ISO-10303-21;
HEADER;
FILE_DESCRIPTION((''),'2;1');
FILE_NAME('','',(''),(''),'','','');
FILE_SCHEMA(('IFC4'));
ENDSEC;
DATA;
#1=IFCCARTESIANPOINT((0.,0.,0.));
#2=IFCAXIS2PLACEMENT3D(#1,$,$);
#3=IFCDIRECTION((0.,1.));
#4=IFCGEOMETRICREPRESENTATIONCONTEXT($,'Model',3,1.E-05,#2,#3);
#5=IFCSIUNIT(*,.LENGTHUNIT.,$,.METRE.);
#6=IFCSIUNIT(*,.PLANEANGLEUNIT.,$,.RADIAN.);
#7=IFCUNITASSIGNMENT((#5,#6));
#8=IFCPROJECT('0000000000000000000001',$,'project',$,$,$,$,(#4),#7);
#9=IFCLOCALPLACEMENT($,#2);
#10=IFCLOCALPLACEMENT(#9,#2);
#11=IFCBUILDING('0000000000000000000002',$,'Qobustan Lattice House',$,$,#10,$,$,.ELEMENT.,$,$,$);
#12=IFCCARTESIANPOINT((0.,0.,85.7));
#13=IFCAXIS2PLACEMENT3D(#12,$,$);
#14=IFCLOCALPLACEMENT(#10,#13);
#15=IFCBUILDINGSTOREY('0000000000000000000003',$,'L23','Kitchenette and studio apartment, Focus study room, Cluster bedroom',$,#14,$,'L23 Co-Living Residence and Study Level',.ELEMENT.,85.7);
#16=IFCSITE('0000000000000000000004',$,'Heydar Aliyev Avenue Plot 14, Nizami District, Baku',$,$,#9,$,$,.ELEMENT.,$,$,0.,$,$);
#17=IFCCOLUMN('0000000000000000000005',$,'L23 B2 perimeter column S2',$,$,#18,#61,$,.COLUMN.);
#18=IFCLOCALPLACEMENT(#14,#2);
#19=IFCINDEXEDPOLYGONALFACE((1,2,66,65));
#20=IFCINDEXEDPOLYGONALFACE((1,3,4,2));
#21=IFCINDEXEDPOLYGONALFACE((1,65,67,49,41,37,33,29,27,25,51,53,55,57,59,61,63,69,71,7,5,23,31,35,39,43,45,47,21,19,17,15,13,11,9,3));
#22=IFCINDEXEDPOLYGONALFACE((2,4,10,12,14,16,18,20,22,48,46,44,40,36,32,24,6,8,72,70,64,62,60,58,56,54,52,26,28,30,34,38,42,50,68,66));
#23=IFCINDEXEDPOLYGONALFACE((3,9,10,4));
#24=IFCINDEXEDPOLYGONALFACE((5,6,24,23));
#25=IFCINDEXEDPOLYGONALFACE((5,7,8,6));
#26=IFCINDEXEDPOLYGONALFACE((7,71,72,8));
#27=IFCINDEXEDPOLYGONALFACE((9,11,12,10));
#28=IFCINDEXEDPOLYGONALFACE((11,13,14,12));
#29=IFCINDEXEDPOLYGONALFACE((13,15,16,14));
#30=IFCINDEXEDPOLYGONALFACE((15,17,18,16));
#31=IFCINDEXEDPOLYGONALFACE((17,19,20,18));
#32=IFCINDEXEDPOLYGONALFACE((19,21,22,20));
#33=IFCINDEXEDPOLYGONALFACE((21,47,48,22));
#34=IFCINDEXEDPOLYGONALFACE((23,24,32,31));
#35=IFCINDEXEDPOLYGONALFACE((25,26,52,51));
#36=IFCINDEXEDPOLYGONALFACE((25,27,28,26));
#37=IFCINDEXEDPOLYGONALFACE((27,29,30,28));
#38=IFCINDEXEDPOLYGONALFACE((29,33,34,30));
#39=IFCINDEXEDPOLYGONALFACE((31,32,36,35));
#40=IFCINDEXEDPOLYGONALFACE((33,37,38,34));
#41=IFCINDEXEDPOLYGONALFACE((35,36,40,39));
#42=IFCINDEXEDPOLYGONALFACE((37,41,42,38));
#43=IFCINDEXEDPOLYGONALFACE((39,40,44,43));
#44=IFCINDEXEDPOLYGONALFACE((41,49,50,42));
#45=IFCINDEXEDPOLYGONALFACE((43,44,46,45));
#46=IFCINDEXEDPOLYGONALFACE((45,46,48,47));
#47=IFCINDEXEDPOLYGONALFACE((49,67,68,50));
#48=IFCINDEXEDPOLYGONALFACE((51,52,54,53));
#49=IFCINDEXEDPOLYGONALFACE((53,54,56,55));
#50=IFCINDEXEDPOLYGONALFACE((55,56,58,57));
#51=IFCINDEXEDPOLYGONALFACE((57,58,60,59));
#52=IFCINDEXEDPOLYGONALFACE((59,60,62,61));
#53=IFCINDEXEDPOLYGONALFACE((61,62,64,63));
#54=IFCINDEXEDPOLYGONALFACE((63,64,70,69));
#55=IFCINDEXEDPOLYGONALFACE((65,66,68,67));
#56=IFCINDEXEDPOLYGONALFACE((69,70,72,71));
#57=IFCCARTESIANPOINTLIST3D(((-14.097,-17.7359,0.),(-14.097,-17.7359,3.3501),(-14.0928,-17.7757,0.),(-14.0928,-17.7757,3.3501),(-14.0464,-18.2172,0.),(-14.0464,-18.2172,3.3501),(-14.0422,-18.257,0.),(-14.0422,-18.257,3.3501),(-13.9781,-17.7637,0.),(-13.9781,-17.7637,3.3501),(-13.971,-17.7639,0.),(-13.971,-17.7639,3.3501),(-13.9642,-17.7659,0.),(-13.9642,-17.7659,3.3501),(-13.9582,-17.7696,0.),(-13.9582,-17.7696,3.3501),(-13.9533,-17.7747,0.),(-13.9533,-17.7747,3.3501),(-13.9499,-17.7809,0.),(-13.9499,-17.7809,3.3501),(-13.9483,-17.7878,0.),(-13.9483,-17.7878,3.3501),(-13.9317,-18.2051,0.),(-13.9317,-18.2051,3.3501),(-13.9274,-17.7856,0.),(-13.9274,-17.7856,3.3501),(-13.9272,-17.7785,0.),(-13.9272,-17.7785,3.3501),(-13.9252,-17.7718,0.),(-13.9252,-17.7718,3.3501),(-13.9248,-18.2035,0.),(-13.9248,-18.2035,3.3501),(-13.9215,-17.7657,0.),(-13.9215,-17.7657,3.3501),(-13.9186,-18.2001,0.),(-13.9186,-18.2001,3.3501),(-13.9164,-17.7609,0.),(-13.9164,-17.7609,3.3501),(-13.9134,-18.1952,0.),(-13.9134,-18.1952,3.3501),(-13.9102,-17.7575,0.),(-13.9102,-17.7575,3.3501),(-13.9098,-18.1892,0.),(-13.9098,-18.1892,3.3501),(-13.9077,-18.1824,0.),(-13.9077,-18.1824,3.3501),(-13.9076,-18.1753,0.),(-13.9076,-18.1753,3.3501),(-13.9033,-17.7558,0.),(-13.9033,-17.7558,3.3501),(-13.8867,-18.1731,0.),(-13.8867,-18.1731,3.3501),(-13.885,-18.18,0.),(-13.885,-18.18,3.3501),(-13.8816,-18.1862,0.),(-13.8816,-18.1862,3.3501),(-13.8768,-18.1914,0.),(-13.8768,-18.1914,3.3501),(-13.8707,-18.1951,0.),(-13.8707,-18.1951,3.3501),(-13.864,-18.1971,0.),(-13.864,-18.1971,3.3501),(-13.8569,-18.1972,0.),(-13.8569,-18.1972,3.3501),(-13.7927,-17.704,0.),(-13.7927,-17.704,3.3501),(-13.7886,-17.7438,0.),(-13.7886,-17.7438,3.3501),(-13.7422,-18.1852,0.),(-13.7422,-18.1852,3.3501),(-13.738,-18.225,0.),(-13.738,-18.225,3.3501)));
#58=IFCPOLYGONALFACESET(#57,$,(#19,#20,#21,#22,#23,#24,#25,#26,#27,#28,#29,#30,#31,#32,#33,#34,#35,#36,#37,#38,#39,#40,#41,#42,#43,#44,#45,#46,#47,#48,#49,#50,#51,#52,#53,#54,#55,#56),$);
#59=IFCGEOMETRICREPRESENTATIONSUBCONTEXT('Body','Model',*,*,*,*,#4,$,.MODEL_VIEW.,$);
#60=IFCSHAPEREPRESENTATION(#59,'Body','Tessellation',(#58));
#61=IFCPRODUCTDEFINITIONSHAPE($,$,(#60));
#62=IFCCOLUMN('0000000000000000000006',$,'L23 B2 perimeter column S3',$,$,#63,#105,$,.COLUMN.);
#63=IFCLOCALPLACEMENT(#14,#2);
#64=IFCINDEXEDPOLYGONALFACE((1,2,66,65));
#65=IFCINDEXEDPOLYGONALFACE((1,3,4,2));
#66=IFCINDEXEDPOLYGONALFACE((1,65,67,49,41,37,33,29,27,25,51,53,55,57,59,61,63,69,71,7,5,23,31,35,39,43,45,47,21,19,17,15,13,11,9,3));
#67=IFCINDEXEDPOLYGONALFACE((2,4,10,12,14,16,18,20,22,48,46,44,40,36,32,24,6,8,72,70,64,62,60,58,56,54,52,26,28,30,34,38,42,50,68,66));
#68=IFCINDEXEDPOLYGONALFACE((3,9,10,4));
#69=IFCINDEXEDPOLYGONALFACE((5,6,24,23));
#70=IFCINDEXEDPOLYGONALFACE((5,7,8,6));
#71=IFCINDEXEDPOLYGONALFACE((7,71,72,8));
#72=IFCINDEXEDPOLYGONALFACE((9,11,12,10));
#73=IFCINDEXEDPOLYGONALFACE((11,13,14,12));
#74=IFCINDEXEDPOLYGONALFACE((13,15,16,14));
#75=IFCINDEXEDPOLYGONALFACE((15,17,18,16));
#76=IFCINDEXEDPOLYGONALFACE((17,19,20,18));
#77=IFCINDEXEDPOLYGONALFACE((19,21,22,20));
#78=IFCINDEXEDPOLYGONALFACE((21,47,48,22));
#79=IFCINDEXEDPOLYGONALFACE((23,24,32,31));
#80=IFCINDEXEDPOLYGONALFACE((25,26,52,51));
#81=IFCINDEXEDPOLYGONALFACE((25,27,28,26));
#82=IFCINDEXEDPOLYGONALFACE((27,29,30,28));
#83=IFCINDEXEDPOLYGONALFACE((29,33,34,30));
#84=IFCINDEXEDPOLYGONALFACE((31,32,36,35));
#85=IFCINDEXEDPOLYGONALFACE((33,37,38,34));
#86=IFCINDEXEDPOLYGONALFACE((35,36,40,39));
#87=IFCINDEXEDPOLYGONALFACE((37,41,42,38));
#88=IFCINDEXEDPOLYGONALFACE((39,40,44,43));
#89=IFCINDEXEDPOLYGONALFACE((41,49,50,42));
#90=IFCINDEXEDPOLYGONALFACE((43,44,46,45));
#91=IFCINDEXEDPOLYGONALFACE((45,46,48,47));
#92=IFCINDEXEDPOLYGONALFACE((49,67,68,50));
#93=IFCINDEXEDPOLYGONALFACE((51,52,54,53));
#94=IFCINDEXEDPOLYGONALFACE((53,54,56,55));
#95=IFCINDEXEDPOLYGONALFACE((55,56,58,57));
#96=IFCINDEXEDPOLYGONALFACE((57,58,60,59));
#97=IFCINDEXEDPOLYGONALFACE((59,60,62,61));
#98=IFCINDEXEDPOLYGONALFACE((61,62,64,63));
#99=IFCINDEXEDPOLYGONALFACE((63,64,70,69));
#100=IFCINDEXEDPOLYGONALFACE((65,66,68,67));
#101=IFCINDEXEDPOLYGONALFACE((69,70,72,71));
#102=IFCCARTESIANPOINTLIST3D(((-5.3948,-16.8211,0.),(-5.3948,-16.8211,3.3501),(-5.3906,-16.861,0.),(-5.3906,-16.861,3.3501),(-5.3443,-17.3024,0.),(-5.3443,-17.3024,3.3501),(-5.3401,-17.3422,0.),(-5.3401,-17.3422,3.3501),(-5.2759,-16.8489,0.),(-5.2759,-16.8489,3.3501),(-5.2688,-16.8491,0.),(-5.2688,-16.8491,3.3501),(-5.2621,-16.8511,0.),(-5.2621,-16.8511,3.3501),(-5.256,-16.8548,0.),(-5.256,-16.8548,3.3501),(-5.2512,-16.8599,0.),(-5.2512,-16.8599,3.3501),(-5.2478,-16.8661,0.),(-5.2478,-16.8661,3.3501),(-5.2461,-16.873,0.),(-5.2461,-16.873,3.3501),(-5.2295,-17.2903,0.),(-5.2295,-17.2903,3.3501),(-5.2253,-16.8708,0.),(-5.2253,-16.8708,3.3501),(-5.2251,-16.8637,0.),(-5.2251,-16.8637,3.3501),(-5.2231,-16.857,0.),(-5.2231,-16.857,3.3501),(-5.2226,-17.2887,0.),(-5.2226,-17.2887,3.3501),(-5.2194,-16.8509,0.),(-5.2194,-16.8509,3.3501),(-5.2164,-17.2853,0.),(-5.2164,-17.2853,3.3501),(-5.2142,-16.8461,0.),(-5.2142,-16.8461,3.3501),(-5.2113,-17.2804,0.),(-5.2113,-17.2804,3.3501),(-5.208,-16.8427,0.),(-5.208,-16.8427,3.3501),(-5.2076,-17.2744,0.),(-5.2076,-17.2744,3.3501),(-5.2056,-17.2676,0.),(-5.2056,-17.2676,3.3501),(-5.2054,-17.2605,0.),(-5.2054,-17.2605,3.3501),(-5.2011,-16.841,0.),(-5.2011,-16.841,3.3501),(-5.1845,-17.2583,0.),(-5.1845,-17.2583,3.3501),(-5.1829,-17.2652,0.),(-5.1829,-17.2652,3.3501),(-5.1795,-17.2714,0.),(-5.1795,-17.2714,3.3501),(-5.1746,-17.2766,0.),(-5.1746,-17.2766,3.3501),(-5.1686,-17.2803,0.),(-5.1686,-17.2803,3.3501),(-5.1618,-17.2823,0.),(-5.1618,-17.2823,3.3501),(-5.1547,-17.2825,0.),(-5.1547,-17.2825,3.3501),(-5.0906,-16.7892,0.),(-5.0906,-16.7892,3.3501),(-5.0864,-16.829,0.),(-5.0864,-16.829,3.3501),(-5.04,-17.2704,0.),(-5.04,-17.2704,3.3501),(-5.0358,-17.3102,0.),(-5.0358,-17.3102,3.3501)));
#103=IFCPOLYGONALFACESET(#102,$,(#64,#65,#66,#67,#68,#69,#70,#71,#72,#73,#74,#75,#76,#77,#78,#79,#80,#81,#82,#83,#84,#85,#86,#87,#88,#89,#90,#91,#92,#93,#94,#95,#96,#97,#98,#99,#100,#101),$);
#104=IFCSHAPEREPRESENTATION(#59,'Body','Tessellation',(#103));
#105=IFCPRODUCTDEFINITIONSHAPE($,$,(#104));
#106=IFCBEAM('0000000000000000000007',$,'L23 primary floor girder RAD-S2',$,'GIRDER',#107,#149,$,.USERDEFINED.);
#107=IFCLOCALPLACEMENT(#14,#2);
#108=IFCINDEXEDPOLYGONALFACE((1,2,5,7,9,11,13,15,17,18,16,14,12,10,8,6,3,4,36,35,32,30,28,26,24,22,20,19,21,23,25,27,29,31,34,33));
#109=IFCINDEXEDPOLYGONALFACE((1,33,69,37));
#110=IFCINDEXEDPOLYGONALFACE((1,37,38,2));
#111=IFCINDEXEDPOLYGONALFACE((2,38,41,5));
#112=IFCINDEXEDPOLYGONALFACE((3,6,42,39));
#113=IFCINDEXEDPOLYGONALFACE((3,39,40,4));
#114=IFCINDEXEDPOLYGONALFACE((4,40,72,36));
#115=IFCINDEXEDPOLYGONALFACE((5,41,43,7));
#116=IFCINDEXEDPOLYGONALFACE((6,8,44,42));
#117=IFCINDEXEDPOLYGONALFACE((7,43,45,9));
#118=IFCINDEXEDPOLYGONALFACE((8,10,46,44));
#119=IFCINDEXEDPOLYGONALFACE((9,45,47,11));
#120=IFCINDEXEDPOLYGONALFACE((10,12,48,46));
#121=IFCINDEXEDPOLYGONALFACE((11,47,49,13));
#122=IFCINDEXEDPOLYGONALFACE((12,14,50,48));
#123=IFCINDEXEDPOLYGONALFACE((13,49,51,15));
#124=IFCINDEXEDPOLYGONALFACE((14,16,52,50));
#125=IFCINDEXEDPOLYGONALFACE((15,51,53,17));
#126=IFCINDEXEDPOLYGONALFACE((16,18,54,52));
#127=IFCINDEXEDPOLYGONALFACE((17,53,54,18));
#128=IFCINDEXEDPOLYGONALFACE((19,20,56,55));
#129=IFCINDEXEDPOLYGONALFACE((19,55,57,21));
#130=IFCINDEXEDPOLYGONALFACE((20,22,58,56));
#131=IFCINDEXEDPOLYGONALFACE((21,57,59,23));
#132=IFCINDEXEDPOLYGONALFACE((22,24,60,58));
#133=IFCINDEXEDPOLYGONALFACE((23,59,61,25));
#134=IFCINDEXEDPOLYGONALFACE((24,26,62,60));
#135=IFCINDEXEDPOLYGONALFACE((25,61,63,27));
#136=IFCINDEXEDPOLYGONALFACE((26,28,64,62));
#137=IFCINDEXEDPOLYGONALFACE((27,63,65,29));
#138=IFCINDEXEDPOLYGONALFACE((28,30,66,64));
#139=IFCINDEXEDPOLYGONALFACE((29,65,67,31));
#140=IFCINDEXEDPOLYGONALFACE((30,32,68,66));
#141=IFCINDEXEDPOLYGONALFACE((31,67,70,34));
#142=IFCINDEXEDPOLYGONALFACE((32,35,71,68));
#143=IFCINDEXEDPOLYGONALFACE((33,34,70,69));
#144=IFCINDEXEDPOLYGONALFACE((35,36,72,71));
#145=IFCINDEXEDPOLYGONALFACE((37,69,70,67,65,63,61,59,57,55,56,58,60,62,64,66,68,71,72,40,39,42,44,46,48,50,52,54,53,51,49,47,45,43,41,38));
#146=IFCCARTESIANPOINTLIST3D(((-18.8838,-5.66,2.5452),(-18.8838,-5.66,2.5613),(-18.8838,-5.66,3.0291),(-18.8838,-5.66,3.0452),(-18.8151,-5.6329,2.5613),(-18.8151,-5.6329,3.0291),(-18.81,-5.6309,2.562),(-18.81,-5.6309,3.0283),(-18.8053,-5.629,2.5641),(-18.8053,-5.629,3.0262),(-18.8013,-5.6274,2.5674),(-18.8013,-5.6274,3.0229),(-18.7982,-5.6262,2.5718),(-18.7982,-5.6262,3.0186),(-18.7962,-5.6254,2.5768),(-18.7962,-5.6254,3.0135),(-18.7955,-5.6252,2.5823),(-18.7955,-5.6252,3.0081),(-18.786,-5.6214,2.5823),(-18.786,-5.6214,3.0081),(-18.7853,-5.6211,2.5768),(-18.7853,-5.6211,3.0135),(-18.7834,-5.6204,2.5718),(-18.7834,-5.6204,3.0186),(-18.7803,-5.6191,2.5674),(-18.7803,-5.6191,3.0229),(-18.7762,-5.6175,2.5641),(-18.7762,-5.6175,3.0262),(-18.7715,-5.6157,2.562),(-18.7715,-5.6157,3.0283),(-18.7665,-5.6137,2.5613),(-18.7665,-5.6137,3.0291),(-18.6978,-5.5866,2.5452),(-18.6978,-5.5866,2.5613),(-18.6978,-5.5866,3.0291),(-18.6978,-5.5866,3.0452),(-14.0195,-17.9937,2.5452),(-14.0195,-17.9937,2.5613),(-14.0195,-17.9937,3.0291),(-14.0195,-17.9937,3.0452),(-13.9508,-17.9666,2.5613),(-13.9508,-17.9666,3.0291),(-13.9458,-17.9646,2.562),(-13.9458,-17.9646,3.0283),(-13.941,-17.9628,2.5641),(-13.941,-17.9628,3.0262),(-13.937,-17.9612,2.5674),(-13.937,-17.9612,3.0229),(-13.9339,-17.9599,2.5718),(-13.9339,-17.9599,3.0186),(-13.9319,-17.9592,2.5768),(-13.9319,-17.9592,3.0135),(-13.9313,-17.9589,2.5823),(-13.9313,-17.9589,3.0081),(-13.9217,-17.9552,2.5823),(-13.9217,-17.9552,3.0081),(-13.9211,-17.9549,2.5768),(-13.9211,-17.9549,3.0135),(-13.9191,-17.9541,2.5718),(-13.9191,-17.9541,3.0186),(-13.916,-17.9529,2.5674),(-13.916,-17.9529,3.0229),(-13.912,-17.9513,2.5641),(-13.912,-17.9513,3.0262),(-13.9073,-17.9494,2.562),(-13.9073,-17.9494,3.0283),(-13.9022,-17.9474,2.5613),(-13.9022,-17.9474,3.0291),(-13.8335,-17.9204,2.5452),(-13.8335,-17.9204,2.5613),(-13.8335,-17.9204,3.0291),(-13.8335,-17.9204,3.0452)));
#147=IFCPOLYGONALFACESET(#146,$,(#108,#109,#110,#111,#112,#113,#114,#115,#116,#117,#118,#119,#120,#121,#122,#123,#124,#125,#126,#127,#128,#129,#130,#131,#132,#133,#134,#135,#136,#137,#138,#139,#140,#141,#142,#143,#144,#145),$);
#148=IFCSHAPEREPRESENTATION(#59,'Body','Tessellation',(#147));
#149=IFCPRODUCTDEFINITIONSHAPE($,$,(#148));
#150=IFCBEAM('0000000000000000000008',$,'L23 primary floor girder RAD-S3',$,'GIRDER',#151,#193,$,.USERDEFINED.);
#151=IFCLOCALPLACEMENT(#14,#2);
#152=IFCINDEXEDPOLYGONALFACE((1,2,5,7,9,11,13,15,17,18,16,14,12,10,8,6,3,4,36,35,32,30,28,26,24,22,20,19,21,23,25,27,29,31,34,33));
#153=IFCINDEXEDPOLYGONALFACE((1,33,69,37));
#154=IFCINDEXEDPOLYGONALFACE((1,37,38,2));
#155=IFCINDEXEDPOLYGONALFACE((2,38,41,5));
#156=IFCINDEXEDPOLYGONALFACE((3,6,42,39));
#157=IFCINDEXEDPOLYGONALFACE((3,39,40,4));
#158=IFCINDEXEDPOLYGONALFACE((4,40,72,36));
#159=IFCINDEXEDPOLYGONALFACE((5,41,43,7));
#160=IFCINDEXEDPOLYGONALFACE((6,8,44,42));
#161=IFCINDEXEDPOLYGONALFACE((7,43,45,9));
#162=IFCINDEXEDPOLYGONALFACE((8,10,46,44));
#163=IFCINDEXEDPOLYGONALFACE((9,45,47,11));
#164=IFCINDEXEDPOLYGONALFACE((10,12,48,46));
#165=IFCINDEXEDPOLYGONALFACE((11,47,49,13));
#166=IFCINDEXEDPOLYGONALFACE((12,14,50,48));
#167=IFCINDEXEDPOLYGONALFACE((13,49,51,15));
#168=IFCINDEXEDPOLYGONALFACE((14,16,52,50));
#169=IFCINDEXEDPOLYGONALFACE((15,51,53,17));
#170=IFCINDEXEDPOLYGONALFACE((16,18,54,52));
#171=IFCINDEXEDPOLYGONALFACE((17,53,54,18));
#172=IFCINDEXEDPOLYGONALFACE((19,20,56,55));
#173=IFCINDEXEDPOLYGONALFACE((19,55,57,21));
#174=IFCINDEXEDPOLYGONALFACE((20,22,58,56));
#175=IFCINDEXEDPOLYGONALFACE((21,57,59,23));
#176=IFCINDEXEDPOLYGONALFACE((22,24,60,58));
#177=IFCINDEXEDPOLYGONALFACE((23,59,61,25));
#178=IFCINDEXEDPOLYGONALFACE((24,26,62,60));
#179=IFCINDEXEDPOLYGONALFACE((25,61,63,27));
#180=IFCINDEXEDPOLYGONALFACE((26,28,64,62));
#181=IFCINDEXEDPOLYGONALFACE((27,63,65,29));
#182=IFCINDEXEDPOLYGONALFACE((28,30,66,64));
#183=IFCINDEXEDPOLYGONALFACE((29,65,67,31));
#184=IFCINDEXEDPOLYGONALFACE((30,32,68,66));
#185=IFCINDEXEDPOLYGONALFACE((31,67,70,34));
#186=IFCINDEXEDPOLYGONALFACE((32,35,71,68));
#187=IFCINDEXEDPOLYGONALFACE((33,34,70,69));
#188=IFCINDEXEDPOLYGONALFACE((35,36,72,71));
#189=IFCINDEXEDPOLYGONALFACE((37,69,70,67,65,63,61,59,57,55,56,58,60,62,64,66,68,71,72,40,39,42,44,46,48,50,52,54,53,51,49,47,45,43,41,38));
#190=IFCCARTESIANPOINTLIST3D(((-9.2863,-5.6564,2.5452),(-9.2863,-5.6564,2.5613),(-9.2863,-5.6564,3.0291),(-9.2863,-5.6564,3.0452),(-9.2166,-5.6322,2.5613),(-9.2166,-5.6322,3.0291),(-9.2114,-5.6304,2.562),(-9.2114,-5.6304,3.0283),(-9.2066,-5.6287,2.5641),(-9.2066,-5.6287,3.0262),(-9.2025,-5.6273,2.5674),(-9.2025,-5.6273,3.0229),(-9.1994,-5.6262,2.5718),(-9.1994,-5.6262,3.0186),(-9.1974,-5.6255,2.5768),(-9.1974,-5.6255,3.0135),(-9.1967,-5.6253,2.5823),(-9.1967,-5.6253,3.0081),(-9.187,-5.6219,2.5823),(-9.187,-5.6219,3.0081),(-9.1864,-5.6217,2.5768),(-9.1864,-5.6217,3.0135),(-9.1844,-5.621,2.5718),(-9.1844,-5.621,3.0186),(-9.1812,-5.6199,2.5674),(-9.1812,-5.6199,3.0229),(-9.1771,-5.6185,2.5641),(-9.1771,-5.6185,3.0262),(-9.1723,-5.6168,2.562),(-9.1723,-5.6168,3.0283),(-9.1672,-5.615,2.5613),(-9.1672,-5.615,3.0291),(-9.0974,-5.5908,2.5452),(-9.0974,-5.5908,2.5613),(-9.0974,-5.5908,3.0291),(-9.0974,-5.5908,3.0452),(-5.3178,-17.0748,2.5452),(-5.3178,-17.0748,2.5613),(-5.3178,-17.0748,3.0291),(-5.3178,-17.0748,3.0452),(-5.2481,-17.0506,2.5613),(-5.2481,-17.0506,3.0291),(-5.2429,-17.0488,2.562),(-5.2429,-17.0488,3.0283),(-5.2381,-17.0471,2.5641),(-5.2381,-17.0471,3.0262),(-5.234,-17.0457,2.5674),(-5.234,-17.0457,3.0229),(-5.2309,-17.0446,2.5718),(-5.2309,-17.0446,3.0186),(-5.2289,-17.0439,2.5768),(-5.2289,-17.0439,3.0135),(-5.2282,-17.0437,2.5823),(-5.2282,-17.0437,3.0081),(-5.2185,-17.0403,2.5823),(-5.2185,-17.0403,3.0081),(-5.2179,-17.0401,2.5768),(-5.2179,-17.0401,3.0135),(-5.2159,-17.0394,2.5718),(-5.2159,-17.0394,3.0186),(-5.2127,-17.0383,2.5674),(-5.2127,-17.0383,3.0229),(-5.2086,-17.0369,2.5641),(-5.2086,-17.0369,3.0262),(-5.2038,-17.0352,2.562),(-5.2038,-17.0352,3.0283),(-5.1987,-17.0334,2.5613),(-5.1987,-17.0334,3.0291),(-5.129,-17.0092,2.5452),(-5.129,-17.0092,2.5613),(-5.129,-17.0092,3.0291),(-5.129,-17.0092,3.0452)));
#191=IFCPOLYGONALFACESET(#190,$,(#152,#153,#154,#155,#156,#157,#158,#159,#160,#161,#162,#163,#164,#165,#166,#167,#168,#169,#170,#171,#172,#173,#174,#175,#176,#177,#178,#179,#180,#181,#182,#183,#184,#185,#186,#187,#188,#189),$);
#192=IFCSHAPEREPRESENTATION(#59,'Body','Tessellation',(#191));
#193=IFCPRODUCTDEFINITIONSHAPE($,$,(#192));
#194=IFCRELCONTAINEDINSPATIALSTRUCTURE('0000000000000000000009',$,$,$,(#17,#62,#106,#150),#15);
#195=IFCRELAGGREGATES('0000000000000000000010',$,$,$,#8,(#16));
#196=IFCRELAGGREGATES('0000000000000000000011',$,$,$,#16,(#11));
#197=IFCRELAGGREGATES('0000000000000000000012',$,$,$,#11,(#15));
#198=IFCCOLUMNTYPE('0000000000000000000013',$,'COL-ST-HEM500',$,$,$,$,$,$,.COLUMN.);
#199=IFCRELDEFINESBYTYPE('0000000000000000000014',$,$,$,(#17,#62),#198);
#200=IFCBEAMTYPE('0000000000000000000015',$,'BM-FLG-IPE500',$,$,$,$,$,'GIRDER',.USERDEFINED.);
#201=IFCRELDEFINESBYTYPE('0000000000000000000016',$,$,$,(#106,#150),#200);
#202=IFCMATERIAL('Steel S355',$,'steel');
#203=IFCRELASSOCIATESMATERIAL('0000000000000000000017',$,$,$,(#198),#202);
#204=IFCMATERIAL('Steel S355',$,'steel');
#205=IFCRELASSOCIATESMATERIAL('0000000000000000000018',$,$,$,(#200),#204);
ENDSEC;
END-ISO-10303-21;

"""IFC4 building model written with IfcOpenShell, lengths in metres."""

from ifc_helpers import new_model, si_unit, direction, frame, origin, origin_2d, place, context, subcontext, project, spatial, i_section, extrude, material, material_profile, profile_set, type_object, element, save


model = new_model("IFC4")

# Units and contexts
model_context = context("Model", 3, precision=1e-05, world=origin(), true_north=direction((0.0, 1.0)))
body_context = subcontext(model_context, "Body", "Model", "MODEL_VIEW")
ifc_project = project(units=[si_unit("LENGTHUNIT", "METRE"), si_unit("PLANEANGLEUNIT", "RADIAN")], contexts=[model_context])

# Site, building, storey
site_placement = place(None, origin())
site = spatial("IfcSite", under=ifc_project, at=site_placement, Name="Heydar Aliyev Avenue Plot 14, Nizami District, Baku", CompositionType="ELEMENT", RefElevation=0.0)
building_placement = place(site_placement, origin())
building = spatial("IfcBuilding", under=site, at=building_placement, Name="Qobustan Lattice House", CompositionType="ELEMENT")
storey_placement = place(building_placement, frame((0.0, 0.0, 85.7)))
storey = spatial("IfcBuildingStorey", under=building, at=storey_placement, Name="L23", Description="Kitchenette and studio apartment, Focus study room, Cluster bedroom", LongName="L23 Co-Living Residence and Study Level", CompositionType="ELEMENT", Elevation=85.7)

# Columns
ifc_material_1 = material(Name="Steel S355", Category="steel")
ifc_material_profile_1 = material_profile(ifc_material_1, i_section(OverallWidth=0.3059, OverallDepth=0.5239, WebThickness=0.021, FlangeThickness=0.04, FilletRadius=0.0271, at=origin_2d()), Name="HEM500")
ifc_profile_set_1 = profile_set([ifc_material_profile_1], Name="Steel S355")
column_type = type_object("IfcColumnType", Name="COL-ST-HEM500", PredefinedType="COLUMN", material=ifc_profile_set_1)
for number, where, z_axis, x_axis, name in (
    (1, (-13.9175, -17.9805, 0.0), (0.0, 0.0, 1.0), (0.994522, 0.104528, 0.0), "L23 B2 perimeter column S2"),
    (2, (-5.2153, -17.0657, 0.0), (0.0, 0.0, 1.0), (0.994522, 0.104528, 0.0), "L23 B2 perimeter column S3"),
):
    element("IfcColumn", number, at=place(storey_placement, frame(where, z_axis=z_axis, x_axis=x_axis)), inside=storey, type_object=column_type, Name=name, PredefinedType="COLUMN", context=body_context, shape_type="SweptSolid", body=[
        extrude(i_section(OverallWidth=0.3059, OverallDepth=0.5239, WebThickness=0.021, FlangeThickness=0.04, FilletRadius=0.0271, at=origin_2d()), origin(), (0.0, 0.0, 1.0), 3.3501),
    ])

# Beams
ifc_material_2 = material(Name="Steel S355", Category="steel")
ifc_material_profile_2 = material_profile(ifc_material_2, i_section(OverallWidth=0.2, OverallDepth=0.5, WebThickness=0.0103, FlangeThickness=0.0161, FilletRadius=0.021, at=origin_2d()), Name="IPE500")
ifc_profile_set_2 = profile_set([ifc_material_profile_2], Name="Steel S355")
beam_type_1 = type_object("IfcBeamType", Name="BM-FLG-IPE500", ElementType="GIRDER", PredefinedType="USERDEFINED", material=ifc_profile_set_2)
beam_1_placement = place(storey_placement, frame((-13.9265, -17.957, 2.7952), z_axis=(-0.366884, 0.930267, 0.0), x_axis=(-0.930267, -0.366884, 0.0)))
element("IfcBeam", 3, at=beam_1_placement, inside=storey, type_object=beam_type_1, Name="L23 primary floor girder RAD-S2", ObjectType="GIRDER", PredefinedType="USERDEFINED", context=body_context, shape_type="SweptSolid", body=[
    extrude(i_section(OverallWidth=0.2, OverallDepth=0.5, WebThickness=0.0103, FlangeThickness=0.0161, FilletRadius=0.021, at=origin_2d()), origin(), (0.0, 0.0, 1.0), 13.2583),
])
beam_2_placement = place(storey_placement, frame((-5.2234, -17.042, 2.7952), z_axis=(-0.32829, 0.944577, 0.0), x_axis=(-0.944577, -0.32829, 0.0)))
element("IfcBeam", 4, at=beam_2_placement, inside=storey, type_object=beam_type_1, Name="L23 primary floor girder RAD-S3", ObjectType="GIRDER", PredefinedType="USERDEFINED", context=body_context, shape_type="SweptSolid", body=[
    extrude(i_section(OverallWidth=0.2, OverallDepth=0.5, WebThickness=0.0103, FlangeThickness=0.0161, FilletRadius=0.021, at=origin_2d()), origin(), (0.0, 0.0, 1.0), 12.0884),
])

save(model, "model.ifc")
